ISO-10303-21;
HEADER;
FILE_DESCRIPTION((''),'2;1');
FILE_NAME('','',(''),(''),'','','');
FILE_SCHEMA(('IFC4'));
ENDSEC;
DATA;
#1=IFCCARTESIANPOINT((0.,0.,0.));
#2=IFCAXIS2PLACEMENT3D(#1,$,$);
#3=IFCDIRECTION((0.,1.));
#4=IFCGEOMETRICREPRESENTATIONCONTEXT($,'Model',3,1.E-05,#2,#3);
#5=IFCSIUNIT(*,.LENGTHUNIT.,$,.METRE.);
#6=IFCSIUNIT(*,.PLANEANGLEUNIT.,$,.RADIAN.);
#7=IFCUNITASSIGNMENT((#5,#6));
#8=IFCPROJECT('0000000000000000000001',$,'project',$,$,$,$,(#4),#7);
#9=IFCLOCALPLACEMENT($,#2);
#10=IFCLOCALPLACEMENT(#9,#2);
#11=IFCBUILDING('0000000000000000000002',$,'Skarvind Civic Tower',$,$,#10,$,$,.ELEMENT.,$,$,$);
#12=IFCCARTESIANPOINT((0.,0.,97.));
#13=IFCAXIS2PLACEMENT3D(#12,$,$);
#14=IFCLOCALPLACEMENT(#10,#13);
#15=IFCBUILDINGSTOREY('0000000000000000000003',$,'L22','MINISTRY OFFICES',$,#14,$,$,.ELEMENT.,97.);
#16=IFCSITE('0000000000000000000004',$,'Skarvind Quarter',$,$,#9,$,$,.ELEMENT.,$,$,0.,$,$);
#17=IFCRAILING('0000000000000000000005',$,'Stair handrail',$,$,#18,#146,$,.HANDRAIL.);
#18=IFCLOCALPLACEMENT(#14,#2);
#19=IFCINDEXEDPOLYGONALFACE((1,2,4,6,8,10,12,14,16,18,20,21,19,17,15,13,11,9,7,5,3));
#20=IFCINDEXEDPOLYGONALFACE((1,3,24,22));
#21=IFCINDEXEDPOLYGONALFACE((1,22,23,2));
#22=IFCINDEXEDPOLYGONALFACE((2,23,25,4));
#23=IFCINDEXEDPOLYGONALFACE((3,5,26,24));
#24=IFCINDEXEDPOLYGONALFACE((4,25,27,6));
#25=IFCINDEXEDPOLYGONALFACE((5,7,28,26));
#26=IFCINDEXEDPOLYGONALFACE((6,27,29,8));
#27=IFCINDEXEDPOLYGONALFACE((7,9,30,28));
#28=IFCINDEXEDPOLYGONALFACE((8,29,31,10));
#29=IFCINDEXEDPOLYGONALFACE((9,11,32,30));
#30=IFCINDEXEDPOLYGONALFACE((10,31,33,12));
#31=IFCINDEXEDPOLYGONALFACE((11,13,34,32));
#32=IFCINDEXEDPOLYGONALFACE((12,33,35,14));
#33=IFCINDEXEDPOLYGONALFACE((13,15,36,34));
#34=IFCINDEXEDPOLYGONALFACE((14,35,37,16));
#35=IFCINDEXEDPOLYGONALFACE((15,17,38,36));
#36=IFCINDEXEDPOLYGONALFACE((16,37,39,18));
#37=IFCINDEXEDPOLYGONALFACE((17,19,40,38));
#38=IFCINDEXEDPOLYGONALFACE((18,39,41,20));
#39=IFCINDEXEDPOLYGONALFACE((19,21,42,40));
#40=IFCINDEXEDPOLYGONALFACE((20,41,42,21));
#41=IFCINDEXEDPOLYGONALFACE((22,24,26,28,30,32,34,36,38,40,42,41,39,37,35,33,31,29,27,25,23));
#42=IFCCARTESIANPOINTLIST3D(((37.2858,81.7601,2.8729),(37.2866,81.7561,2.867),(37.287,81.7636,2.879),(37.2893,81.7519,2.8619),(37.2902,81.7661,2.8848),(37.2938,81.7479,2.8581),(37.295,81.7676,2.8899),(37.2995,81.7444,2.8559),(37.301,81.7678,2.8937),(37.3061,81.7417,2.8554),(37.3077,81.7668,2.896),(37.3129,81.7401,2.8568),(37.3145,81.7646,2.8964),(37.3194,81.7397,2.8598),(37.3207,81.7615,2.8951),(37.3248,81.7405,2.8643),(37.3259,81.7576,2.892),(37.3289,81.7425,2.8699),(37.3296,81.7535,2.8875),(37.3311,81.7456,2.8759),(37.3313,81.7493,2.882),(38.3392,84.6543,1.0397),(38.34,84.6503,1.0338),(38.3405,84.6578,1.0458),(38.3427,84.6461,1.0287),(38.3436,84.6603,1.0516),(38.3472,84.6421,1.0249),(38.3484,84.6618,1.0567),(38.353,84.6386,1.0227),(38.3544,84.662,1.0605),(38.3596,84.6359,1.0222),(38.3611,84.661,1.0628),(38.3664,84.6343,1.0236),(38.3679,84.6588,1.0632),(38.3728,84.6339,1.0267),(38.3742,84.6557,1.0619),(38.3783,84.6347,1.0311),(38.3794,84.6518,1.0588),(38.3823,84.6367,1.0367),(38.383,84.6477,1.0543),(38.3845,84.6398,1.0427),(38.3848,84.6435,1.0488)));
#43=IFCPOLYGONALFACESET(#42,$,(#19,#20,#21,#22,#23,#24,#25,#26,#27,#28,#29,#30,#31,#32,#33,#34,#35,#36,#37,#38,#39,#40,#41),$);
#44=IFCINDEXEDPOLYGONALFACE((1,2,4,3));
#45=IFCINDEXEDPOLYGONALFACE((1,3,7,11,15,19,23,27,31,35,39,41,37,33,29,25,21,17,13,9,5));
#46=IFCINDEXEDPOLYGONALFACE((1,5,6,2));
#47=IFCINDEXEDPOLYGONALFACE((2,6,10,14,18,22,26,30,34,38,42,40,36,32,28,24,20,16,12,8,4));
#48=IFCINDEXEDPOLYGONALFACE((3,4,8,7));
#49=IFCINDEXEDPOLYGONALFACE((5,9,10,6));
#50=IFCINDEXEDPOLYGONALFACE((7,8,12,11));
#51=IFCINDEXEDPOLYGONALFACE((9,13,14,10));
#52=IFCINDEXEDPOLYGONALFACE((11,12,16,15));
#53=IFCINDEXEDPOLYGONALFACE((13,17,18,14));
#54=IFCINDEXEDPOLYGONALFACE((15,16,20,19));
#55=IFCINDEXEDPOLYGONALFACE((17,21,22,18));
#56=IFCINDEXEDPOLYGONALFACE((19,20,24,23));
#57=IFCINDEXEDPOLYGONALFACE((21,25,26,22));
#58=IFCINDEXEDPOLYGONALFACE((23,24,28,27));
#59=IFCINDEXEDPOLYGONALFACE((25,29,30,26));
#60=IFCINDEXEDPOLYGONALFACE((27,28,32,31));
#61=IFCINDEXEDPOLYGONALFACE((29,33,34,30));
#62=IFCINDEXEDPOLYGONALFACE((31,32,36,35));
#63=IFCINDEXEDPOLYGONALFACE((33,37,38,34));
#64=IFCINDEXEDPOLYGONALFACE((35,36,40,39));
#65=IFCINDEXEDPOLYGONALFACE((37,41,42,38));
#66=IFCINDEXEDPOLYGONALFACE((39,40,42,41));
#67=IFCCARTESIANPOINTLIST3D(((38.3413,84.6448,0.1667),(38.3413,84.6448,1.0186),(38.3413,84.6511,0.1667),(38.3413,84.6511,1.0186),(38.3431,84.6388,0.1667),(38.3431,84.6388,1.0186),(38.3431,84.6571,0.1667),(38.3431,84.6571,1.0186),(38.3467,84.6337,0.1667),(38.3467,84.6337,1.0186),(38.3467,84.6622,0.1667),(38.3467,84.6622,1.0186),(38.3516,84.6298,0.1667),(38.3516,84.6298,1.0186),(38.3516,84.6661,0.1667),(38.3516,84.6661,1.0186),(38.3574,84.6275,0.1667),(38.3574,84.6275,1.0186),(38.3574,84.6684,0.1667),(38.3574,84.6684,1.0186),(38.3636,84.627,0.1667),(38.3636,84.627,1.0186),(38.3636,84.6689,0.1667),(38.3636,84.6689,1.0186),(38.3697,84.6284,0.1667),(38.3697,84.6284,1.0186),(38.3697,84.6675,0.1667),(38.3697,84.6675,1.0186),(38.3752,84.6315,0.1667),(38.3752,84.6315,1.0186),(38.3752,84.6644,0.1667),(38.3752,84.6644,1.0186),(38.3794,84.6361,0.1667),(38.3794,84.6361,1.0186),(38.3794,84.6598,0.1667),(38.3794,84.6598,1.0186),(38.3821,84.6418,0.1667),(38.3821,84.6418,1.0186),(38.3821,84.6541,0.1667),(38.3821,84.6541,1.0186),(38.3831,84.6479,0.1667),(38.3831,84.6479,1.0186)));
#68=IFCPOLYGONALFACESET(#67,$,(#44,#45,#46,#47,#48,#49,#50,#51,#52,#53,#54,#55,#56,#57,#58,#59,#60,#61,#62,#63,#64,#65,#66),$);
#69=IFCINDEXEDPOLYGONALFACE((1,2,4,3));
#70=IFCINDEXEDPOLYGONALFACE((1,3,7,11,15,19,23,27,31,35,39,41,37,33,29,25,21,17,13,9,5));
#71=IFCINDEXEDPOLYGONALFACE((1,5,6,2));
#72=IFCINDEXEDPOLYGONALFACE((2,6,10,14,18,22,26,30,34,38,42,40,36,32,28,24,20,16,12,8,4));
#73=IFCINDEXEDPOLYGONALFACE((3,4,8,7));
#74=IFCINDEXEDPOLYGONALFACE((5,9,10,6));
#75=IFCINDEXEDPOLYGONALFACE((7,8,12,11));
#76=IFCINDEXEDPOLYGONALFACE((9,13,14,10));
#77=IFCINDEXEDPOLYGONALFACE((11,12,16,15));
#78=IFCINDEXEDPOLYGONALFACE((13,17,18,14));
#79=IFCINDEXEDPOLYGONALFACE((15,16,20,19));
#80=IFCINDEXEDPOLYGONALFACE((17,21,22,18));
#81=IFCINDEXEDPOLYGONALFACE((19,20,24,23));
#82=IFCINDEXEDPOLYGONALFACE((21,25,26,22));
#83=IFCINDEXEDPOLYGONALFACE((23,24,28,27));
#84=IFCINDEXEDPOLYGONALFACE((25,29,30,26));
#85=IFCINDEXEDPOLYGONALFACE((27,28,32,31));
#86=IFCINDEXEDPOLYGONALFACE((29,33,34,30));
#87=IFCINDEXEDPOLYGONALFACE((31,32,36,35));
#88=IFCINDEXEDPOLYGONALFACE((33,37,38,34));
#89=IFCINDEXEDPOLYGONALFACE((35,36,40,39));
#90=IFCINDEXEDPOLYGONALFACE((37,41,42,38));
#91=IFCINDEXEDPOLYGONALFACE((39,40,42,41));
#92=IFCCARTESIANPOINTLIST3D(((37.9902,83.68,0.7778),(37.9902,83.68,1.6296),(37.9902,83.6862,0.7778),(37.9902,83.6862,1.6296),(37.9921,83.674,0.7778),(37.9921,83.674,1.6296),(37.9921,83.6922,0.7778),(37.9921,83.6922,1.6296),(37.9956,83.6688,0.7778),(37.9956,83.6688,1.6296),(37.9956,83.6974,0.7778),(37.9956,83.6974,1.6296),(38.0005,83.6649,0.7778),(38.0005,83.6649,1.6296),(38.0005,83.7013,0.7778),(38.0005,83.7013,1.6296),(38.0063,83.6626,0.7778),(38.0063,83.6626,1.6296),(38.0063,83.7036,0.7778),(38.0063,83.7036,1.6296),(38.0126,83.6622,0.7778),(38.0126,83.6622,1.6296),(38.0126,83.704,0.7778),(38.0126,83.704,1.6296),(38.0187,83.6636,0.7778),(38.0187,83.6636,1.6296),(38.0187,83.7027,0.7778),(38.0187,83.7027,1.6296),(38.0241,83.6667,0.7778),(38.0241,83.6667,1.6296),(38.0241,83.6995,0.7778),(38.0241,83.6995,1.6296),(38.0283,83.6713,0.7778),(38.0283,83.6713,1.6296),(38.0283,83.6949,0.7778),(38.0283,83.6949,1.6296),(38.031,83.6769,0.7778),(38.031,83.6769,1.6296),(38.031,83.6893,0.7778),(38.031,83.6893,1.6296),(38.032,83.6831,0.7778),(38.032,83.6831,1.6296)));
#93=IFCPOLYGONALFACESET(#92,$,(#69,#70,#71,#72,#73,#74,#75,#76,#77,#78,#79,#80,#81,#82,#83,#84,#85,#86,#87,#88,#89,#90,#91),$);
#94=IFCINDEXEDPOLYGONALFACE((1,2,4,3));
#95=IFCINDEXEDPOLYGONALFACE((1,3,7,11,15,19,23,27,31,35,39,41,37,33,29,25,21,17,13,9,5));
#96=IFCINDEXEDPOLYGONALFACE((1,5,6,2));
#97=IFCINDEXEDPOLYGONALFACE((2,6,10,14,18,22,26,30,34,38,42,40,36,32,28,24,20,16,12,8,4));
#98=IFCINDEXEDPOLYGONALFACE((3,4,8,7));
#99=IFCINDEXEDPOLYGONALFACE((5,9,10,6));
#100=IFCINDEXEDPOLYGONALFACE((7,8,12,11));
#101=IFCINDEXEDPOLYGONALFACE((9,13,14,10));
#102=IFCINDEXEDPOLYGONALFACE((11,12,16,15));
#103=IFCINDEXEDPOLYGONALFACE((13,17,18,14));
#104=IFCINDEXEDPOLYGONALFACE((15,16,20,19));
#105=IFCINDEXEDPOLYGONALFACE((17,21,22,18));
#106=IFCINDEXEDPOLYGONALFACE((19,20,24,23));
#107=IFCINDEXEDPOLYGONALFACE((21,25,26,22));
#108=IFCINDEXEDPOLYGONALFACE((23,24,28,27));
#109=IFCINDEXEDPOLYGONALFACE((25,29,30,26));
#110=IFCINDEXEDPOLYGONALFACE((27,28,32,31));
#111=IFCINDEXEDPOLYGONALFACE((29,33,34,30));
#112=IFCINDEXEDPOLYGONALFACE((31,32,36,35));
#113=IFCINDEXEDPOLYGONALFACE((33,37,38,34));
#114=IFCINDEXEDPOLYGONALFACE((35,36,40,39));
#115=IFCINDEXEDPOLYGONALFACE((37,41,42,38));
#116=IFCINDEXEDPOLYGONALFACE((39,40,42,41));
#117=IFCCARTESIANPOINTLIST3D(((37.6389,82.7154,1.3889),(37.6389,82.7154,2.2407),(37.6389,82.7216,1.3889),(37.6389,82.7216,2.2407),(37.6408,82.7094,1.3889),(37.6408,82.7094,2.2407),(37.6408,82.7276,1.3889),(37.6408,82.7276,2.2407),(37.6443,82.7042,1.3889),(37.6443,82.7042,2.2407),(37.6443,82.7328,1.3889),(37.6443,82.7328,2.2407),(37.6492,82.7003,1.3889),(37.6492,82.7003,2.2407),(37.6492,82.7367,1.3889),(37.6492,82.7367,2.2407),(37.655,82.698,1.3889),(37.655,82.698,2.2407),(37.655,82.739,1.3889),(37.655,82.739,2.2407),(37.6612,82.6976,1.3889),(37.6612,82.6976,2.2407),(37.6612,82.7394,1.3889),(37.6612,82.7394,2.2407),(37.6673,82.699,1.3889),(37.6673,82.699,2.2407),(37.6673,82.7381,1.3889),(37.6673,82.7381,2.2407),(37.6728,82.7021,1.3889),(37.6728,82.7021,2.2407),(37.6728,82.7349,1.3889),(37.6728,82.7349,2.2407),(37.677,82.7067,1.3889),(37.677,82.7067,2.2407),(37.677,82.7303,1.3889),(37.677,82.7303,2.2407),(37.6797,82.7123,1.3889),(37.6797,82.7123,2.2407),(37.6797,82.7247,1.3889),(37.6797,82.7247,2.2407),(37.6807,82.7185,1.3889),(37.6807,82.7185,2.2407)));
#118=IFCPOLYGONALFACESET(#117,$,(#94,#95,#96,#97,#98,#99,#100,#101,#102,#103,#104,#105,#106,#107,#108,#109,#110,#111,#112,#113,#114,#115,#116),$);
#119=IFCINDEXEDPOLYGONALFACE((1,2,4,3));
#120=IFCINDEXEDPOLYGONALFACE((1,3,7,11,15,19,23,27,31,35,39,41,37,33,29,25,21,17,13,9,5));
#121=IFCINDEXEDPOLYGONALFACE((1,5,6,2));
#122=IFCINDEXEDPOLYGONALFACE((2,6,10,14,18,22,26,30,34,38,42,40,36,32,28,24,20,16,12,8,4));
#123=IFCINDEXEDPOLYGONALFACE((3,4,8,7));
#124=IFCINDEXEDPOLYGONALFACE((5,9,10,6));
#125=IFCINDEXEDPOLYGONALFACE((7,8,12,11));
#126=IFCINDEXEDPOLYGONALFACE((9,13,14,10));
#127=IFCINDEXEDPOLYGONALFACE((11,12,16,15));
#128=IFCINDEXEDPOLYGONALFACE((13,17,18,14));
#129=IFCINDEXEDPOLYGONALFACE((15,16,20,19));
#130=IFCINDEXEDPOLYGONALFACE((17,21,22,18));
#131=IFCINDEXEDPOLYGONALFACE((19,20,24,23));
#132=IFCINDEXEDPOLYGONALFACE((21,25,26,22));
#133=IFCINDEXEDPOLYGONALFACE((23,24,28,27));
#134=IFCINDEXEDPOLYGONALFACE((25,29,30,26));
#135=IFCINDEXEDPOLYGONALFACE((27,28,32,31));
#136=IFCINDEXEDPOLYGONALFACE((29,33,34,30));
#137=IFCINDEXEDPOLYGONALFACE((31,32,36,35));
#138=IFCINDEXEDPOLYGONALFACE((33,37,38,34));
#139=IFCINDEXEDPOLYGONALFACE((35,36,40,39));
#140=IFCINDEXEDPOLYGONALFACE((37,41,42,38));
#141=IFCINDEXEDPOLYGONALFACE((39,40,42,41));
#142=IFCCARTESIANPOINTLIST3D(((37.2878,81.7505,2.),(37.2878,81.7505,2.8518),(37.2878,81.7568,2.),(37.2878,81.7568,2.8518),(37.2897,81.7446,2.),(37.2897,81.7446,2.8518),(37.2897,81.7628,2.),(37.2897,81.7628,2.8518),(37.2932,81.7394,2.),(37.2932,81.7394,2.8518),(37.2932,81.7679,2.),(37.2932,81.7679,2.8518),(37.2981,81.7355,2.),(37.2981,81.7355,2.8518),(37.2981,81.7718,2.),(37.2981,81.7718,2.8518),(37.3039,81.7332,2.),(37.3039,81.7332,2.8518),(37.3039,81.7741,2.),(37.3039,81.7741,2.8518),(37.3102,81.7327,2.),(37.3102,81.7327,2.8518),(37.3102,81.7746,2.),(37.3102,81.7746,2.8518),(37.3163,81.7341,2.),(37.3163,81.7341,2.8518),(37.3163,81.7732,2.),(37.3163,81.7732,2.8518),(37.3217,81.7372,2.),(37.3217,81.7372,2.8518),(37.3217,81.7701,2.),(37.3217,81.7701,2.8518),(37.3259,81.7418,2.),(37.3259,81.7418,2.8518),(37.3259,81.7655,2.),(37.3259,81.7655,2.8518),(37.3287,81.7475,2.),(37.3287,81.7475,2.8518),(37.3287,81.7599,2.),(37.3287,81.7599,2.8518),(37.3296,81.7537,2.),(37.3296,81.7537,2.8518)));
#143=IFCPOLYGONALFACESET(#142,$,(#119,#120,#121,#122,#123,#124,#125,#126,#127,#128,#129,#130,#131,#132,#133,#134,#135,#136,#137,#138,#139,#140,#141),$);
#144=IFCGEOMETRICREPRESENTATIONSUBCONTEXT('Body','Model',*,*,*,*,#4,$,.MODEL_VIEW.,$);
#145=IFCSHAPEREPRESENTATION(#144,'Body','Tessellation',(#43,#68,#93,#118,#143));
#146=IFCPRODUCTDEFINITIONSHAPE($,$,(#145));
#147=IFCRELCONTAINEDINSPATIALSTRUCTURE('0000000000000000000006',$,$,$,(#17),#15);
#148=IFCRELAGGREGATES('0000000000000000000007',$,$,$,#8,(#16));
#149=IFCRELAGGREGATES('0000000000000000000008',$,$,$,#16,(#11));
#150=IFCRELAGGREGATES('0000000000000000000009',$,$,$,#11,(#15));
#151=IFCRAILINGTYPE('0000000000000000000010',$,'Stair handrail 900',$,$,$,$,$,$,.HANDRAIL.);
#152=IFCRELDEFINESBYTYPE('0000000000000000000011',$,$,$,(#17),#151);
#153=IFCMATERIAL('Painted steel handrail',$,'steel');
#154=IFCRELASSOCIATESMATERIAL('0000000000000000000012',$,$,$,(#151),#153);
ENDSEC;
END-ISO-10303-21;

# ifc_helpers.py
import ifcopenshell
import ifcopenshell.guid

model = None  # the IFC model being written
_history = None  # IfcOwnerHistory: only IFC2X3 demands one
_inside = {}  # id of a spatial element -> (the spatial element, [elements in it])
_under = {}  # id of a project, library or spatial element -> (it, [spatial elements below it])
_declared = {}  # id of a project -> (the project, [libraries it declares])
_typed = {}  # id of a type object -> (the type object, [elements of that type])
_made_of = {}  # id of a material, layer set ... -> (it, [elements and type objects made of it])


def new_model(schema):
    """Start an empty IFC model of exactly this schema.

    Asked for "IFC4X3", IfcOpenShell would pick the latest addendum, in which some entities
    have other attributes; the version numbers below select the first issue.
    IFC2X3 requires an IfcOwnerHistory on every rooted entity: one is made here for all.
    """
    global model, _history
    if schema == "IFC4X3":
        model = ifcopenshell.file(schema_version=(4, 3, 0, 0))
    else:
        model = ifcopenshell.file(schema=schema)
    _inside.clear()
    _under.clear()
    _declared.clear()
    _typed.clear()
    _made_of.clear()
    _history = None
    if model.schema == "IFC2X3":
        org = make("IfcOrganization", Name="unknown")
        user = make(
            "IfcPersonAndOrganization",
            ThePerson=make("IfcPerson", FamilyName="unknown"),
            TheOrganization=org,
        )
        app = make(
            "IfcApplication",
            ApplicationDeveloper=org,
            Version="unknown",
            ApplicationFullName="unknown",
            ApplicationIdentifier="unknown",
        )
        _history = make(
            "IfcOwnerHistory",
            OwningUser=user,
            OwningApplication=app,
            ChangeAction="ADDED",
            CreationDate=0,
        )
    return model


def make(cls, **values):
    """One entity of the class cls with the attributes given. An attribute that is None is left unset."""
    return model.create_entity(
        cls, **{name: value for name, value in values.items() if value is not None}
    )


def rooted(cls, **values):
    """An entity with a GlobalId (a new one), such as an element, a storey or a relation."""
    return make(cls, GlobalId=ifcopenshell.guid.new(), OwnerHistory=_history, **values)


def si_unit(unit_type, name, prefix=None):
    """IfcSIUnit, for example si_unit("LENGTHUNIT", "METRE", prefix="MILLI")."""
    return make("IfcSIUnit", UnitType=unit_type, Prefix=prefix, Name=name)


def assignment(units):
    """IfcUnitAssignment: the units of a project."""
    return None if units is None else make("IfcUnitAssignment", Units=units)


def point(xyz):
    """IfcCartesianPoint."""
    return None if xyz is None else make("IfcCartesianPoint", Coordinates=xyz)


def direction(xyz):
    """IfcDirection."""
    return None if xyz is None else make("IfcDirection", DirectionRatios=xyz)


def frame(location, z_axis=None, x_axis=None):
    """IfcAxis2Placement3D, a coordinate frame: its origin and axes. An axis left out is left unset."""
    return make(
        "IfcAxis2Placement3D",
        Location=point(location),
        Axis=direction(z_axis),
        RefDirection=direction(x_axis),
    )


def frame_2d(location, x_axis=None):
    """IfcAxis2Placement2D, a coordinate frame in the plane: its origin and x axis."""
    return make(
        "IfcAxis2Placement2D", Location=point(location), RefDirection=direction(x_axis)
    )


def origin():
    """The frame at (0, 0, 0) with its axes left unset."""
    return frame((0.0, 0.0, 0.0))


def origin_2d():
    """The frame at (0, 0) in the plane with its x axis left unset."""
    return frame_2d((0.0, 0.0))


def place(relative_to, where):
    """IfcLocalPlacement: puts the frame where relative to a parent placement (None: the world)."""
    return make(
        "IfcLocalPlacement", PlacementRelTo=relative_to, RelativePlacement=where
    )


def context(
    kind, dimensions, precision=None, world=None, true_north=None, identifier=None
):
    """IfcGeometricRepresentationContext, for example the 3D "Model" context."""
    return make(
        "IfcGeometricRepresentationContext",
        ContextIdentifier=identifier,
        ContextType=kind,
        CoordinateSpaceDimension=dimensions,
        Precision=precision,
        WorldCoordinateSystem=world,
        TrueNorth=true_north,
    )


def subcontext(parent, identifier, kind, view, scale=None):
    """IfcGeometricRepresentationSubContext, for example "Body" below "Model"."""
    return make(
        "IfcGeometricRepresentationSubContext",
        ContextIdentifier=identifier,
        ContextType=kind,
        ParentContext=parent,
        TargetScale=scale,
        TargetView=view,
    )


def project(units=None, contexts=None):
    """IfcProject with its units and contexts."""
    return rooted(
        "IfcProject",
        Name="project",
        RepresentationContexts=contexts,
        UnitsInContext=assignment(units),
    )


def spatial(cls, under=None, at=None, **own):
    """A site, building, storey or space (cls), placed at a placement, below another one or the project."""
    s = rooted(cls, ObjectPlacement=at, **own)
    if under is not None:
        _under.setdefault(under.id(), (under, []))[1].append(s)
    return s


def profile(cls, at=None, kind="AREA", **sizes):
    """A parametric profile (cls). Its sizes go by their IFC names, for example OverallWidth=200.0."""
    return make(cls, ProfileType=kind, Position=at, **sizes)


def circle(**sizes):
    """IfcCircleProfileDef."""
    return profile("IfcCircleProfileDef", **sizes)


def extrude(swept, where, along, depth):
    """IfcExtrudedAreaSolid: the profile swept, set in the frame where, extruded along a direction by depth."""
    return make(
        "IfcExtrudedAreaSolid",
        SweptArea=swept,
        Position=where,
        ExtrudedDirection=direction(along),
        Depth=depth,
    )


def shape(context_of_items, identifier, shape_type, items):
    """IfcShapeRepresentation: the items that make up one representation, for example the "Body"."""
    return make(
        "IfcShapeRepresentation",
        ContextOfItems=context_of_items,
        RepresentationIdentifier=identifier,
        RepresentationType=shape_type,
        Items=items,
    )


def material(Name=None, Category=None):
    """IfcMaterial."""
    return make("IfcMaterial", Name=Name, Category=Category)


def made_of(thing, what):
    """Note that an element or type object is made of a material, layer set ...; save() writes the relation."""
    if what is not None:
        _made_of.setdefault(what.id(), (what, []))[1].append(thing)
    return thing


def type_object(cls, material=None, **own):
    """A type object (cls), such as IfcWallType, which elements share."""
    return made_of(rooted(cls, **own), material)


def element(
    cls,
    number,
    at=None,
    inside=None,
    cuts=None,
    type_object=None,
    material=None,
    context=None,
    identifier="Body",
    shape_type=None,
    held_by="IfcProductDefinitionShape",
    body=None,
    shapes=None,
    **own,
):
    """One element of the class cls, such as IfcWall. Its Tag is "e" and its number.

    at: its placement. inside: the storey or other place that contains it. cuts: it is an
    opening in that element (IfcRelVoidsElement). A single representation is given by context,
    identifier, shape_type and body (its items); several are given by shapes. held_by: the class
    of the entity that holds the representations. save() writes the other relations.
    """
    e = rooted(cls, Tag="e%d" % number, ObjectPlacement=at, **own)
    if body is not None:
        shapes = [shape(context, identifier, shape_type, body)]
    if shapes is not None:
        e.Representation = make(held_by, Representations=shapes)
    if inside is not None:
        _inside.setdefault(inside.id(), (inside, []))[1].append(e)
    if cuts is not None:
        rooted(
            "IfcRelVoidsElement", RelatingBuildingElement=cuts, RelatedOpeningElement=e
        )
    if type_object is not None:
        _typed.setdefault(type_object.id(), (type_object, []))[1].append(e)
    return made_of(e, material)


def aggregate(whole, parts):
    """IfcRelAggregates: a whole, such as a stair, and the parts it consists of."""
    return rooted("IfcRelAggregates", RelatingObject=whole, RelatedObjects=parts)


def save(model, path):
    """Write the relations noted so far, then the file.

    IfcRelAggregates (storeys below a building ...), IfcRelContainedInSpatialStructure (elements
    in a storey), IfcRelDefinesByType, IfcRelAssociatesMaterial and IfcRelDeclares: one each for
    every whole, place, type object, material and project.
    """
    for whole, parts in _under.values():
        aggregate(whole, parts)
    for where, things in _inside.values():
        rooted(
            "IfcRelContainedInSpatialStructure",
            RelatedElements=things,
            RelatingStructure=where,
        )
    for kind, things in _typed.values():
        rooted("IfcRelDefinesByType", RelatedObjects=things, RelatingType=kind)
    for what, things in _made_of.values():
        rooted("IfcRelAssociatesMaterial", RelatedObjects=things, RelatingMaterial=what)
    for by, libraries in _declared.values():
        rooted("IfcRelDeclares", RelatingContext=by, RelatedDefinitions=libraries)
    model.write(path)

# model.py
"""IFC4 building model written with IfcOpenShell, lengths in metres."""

from ifc_helpers import new_model, si_unit, direction, frame, origin, origin_2d, place, context, subcontext, project, spatial, circle, extrude, material, type_object, element, save


model = new_model("IFC4")

# Units and contexts
model_context = context("Model", 3, precision=1e-05, world=origin(), true_north=direction((0.0, 1.0)))
body_context = subcontext(model_context, "Body", "Model", "MODEL_VIEW")
ifc_project = project(units=[si_unit("LENGTHUNIT", "METRE"), si_unit("PLANEANGLEUNIT", "RADIAN")], contexts=[model_context])

# Site, building, storey
site_placement = place(None, origin())
site = spatial("IfcSite", under=ifc_project, at=site_placement, Name="Skarvind Quarter", CompositionType="ELEMENT", RefElevation=0.0)
building_placement = place(site_placement, origin())
building = spatial("IfcBuilding", under=site, at=building_placement, Name="Skarvind Civic Tower", CompositionType="ELEMENT")
storey_placement = place(building_placement, frame((0.0, 0.0, 97.0)))
storey = spatial("IfcBuildingStorey", under=building, at=storey_placement, Name="L22", Description="MINISTRY OFFICES", CompositionType="ELEMENT", Elevation=97.0)

# Railing
ifc_material_1 = material(Name="Painted steel handrail", Category="steel")
railing_type = type_object("IfcRailingType", Name="Stair handrail 900", PredefinedType="HANDRAIL", material=ifc_material_1)
railing_1_placement = place(storey_placement, frame((38.3621, 84.6479, 0.1667)))
element("IfcRailing", 1, at=railing_1_placement, inside=storey, type_object=railing_type, Name="Stair handrail", PredefinedType="HANDRAIL", context=body_context, shape_type="SweptSolid", body=[
    extrude(circle(Radius=0.0239, at=origin_2d()), frame((0.0, 0.0, 0.876), z_axis=(-0.293908, -0.807481, 0.511461), x_axis=(0.939689, -0.342029, 0.0)), (0.0, 0.0, 1.0), 3.5842),
    extrude(circle(Radius=0.021, at=origin_2d()), origin(), (0.0, 0.0, 1.0), 0.8518),
    extrude(circle(Radius=0.021, at=origin_2d()), frame((-0.3511, -0.9648, 0.6111)), (0.0, 0.0, 1.0), 0.8518),
    extrude(circle(Radius=0.021, at=origin_2d()), frame((-0.7024, -1.9294, 1.2222)), (0.0, 0.0, 1.0), 0.8518),
    extrude(circle(Radius=0.021, at=origin_2d()), frame((-1.0535, -2.8943, 1.8333)), (0.0, 0.0, 1.0), 0.8518),
])

save(model, "model.ifc")
